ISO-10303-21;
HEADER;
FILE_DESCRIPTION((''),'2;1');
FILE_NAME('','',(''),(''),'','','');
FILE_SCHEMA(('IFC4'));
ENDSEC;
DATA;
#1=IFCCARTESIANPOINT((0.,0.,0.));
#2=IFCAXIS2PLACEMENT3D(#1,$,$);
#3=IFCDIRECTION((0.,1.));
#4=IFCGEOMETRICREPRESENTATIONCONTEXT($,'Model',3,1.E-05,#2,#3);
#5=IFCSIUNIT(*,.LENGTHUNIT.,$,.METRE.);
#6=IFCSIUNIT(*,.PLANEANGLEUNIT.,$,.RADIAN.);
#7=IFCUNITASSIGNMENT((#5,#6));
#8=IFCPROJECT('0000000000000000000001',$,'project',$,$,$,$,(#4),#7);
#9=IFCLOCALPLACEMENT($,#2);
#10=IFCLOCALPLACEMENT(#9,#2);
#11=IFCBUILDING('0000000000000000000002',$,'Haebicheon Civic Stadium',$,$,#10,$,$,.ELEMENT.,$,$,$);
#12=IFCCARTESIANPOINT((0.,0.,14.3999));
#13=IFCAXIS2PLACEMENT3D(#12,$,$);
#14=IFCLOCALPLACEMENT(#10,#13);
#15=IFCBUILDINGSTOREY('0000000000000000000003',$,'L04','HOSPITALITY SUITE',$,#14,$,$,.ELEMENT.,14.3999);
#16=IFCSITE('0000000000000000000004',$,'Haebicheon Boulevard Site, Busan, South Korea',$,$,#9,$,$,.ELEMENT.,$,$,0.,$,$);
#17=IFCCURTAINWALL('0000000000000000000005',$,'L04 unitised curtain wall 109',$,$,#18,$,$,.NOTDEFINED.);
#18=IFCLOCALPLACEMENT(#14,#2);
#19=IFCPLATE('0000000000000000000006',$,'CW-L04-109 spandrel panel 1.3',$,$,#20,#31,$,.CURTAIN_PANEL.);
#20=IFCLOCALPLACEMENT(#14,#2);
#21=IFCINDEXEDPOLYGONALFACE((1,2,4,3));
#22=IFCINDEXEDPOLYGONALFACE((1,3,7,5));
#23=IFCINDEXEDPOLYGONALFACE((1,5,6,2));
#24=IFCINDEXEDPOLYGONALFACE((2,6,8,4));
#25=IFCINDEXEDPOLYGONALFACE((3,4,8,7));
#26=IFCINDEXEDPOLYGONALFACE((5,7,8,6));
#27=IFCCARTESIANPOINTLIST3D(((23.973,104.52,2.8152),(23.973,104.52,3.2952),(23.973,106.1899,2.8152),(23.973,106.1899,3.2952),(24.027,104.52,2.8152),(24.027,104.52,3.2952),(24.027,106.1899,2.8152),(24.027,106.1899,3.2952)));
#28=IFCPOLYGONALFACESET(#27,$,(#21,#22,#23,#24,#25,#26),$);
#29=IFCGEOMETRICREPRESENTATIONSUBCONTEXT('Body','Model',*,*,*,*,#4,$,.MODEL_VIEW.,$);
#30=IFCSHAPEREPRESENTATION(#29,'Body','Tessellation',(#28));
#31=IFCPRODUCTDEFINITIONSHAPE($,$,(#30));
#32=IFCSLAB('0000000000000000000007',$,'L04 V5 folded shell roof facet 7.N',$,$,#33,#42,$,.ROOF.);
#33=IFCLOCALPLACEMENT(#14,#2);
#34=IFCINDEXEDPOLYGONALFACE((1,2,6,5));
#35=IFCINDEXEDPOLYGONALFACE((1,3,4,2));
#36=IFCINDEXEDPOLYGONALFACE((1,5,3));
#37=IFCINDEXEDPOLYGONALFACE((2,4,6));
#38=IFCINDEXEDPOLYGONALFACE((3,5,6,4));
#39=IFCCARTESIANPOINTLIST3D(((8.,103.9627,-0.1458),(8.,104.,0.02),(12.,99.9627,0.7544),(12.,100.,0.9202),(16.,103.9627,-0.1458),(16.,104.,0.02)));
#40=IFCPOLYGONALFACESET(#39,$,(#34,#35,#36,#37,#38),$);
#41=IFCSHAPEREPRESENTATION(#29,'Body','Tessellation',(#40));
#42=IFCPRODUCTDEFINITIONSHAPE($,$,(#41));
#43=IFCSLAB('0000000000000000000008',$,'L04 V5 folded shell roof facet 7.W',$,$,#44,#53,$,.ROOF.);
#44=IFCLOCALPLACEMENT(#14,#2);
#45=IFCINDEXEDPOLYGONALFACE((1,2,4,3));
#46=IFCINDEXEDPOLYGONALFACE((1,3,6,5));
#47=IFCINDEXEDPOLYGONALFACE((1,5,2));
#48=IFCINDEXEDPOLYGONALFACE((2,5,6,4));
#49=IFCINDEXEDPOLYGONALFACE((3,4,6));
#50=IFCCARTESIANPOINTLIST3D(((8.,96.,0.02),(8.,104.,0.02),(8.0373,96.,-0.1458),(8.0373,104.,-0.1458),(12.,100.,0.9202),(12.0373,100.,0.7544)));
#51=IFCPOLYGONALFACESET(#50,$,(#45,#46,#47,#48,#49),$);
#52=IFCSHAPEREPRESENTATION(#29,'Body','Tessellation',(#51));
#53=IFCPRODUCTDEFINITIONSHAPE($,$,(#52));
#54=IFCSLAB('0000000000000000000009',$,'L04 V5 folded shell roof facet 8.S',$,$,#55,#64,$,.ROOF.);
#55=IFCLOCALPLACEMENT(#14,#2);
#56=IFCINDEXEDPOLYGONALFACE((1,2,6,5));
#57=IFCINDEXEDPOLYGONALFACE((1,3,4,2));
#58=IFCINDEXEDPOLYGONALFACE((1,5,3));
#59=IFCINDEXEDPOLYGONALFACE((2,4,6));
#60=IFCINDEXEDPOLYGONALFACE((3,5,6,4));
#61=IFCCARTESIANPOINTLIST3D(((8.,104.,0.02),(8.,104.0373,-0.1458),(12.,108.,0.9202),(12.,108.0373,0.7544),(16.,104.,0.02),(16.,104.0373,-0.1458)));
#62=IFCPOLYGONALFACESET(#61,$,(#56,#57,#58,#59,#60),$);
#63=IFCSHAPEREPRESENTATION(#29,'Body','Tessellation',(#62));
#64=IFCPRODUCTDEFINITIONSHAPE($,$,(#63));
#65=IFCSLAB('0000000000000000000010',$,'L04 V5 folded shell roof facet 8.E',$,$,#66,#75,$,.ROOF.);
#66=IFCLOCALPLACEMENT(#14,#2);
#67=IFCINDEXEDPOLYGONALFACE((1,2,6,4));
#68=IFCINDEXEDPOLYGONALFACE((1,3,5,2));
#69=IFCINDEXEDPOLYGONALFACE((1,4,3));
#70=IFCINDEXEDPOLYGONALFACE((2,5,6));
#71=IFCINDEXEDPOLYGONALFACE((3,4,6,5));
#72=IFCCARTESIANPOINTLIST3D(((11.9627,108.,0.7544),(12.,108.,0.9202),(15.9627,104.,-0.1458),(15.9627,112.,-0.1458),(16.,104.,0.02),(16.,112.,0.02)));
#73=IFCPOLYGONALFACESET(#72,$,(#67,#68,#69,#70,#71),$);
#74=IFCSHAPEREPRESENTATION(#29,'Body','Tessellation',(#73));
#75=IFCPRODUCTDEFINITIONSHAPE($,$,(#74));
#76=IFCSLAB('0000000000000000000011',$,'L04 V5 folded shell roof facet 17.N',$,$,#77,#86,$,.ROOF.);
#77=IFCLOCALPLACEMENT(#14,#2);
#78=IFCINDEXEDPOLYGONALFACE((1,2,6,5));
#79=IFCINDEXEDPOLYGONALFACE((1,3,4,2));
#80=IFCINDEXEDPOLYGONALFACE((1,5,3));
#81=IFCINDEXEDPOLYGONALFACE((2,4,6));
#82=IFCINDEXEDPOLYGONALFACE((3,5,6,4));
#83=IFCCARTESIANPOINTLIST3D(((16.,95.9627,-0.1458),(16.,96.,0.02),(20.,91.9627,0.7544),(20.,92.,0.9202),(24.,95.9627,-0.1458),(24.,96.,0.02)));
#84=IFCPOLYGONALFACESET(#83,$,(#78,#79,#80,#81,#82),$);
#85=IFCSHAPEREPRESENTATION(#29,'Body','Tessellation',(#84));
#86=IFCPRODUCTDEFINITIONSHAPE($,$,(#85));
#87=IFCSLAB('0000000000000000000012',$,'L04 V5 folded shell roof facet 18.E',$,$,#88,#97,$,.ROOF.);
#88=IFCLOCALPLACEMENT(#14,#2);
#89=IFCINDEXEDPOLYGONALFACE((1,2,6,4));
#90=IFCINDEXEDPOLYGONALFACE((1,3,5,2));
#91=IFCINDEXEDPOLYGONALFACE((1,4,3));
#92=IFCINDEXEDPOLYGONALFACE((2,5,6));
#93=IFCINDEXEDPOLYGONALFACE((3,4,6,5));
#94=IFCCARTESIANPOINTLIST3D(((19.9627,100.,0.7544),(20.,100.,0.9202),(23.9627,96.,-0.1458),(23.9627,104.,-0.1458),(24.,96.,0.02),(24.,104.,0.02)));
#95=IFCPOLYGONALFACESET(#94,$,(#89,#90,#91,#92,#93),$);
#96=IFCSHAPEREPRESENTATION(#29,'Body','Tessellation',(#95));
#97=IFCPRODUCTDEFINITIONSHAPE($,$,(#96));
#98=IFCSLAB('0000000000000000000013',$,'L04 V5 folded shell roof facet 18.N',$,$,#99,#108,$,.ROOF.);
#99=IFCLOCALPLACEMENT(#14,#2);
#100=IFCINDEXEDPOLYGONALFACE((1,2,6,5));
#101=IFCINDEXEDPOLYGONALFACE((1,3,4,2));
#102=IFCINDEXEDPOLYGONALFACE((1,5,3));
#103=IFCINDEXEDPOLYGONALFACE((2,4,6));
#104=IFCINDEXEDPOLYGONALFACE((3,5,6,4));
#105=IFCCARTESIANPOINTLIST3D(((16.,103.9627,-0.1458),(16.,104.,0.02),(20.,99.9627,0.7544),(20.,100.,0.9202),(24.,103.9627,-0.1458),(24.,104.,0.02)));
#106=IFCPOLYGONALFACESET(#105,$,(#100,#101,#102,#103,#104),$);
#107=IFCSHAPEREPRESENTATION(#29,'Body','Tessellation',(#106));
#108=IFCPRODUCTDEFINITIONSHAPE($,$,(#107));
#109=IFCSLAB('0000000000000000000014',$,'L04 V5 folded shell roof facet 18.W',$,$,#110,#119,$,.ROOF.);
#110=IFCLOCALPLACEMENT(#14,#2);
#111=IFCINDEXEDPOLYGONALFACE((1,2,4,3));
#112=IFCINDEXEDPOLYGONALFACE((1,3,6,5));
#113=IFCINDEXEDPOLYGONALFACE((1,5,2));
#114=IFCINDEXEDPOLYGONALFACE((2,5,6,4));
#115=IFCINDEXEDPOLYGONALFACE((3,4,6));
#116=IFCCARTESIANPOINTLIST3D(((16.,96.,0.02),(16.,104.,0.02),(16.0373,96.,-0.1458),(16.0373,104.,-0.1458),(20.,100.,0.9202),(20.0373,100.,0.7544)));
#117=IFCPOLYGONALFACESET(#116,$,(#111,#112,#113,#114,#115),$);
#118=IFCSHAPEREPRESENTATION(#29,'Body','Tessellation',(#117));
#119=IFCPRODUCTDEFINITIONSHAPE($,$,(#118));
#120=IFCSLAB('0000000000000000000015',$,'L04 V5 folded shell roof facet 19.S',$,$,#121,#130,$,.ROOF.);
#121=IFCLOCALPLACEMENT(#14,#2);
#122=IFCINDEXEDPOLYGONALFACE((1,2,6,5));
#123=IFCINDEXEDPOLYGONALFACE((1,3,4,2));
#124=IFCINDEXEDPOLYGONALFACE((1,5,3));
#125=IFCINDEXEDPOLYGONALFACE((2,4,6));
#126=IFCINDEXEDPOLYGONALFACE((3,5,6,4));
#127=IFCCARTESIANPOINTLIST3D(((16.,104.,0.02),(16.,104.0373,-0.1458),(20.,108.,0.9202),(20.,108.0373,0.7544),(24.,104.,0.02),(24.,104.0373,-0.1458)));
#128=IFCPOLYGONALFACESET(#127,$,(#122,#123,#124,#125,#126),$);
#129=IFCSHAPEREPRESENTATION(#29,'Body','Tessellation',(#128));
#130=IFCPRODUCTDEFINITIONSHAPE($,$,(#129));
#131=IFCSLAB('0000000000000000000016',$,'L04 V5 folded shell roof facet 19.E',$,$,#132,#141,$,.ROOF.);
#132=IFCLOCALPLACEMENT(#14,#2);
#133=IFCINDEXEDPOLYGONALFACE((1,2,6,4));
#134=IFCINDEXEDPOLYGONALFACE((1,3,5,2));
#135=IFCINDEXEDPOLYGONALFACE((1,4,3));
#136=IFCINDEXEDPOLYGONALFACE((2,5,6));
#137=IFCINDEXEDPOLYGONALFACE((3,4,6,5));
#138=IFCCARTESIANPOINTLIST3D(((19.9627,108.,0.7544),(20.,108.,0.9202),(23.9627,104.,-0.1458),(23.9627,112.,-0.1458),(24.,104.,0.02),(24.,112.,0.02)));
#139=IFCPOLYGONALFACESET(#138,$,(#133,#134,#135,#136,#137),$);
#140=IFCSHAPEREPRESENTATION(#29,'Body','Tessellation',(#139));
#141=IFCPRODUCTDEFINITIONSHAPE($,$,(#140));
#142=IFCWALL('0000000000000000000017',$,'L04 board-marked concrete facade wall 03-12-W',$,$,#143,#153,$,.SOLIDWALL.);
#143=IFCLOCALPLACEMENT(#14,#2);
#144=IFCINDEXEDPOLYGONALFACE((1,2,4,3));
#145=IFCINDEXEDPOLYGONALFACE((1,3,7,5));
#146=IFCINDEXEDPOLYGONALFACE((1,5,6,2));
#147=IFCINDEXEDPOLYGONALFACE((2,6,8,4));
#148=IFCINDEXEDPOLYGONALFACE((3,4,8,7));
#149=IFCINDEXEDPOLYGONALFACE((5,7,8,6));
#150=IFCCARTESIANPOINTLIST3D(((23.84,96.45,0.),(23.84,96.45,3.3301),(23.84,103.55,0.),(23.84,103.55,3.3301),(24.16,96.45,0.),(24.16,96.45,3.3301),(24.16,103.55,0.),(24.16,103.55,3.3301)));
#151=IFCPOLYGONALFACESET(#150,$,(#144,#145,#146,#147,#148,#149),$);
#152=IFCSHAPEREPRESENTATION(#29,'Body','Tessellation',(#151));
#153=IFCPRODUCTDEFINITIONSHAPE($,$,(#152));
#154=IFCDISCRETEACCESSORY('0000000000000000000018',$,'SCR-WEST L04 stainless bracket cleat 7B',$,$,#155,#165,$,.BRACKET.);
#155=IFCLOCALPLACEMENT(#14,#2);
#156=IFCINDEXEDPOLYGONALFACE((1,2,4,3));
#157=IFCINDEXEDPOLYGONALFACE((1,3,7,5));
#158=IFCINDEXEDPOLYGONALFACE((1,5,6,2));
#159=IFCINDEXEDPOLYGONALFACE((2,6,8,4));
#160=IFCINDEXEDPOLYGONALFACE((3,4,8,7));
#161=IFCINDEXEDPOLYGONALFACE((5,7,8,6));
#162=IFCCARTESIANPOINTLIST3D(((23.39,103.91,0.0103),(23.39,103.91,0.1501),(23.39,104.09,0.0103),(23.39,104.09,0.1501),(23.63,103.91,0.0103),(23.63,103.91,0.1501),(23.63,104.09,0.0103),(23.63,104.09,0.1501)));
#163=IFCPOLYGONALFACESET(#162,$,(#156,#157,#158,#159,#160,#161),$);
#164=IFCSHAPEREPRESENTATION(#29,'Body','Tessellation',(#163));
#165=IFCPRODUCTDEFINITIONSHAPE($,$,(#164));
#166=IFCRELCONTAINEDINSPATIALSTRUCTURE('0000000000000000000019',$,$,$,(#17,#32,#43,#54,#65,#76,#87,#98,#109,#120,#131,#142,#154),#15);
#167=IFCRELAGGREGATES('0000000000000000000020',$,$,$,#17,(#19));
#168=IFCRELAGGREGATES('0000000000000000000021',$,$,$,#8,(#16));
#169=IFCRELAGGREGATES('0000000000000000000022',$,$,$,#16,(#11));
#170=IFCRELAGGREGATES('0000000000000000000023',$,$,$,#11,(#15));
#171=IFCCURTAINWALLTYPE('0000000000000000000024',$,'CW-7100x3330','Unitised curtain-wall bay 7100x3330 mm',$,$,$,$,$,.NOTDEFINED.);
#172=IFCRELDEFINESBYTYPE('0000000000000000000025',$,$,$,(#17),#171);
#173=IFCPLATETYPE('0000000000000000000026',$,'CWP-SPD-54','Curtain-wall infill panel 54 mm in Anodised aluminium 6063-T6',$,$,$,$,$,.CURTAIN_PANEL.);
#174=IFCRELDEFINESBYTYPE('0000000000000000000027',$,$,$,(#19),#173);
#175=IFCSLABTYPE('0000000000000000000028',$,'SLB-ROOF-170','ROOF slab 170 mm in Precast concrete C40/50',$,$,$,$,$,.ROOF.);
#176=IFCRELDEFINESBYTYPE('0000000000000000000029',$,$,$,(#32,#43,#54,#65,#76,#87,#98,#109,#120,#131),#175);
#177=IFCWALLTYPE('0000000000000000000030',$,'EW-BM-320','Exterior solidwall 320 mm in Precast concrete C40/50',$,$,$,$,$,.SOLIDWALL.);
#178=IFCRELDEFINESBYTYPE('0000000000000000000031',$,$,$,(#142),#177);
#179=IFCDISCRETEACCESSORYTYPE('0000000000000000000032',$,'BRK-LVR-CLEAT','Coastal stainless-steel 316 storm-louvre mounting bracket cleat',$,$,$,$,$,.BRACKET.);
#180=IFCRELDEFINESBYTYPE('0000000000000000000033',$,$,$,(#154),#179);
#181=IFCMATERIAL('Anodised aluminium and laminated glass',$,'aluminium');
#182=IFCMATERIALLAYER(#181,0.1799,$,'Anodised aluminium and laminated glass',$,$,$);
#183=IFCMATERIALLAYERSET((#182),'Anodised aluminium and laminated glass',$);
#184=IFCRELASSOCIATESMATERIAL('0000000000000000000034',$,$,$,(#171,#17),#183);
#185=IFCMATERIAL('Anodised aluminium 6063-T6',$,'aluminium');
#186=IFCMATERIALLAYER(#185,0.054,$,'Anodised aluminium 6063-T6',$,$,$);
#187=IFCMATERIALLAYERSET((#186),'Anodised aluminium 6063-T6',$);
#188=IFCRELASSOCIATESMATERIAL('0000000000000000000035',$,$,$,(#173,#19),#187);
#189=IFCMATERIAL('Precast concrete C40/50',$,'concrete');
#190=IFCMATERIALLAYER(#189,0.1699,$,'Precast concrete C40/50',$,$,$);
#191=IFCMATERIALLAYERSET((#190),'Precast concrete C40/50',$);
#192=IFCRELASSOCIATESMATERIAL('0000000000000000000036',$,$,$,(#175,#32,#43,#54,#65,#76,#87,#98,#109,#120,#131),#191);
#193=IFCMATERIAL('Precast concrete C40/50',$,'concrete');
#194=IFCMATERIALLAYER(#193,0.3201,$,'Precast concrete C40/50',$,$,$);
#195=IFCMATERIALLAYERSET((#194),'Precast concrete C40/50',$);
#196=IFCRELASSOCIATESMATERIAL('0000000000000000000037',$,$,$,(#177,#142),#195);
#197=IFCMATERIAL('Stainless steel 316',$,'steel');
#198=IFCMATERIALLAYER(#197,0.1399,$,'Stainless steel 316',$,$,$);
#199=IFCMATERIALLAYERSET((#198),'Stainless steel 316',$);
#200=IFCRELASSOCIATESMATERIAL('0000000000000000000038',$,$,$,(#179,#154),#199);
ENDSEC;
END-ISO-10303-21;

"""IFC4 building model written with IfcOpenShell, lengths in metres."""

from ifc_helpers import new_model, si_unit, direction, frame, frame_2d, origin, origin_2d, place, context, subcontext, project, spatial, polyline, rectangle, outline, extrude, material, layer, layer_set, type_object, element, aggregate, save


model = new_model("IFC4")

# Units and contexts
model_context = context("Model", 3, precision=1e-05, world=origin(), true_north=direction((0.0, 1.0)))
body_context = subcontext(model_context, "Body", "Model", "MODEL_VIEW")
ifc_project = project(units=[si_unit("LENGTHUNIT", "METRE"), si_unit("PLANEANGLEUNIT", "RADIAN")], contexts=[model_context])

# Site, building, storey
site_placement = place(None, origin())
site = spatial("IfcSite", under=ifc_project, at=site_placement, Name="Haebicheon Boulevard Site, Busan, South Korea", CompositionType="ELEMENT", RefElevation=0.0)
building_placement = place(site_placement, origin())
building = spatial("IfcBuilding", under=site, at=building_placement, Name="Haebicheon Civic Stadium", CompositionType="ELEMENT")
storey_placement = place(building_placement, frame((0.0, 0.0, 14.3999)))
storey = spatial("IfcBuildingStorey", under=building, at=storey_placement, Name="L04", Description="HOSPITALITY SUITE", CompositionType="ELEMENT", Elevation=14.3999)

# Curtain wall
ifc_material_1 = material(Name="Anodised aluminium and laminated glass", Category="aluminium")
ifc_layer_1 = layer(ifc_material_1, 0.1799, Name="Anodised aluminium and laminated glass")
ifc_layer_set_1 = layer_set([ifc_layer_1], Name="Anodised aluminium and laminated glass")
curtain_wall_type = type_object("IfcCurtainWallType", Name="CW-7100x3330", Description="Unitised curtain-wall bay 7100x3330 mm", PredefinedType="NOTDEFINED", material=ifc_layer_set_1)
curtain_wall_placement = place(storey_placement, origin())
curtain_wall = element("IfcCurtainWall", 1, at=curtain_wall_placement, inside=storey, type_object=curtain_wall_type, material=ifc_layer_set_1, Name="L04 unitised curtain wall 109", PredefinedType="NOTDEFINED")

# Plate
ifc_material_2 = material(Name="Anodised aluminium 6063-T6", Category="aluminium")
ifc_layer_2 = layer(ifc_material_2, 0.054, Name="Anodised aluminium 6063-T6")
ifc_layer_set_2 = layer_set([ifc_layer_2], Name="Anodised aluminium 6063-T6")
plate_type_1 = type_object("IfcPlateType", Name="CWP-SPD-54", Description="Curtain-wall infill panel 54 mm in Anodised aluminium 6063-T6", PredefinedType="CURTAIN_PANEL", material=ifc_layer_set_2)
plate_1_placement = place(storey_placement, frame((24.0, 105.355, 2.8152), z_axis=(0.0, 0.0, 1.0), x_axis=(0.0, 1.0, 0.0)))
plate_1 = element("IfcPlate", 2, at=plate_1_placement, type_object=plate_type_1, material=ifc_layer_set_2, Name="CW-L04-109 spandrel panel 1.3", PredefinedType="CURTAIN_PANEL", context=body_context, shape_type="SweptSolid", body=[
    extrude(rectangle(XDim=1.6699, YDim=0.054, at=origin_2d()), origin(), (0.0, 0.0, 1.0), 0.48),
])
aggregate(curtain_wall, [plate_1])

# Slabs
ifc_material_3 = material(Name="Precast concrete C40/50", Category="concrete")
ifc_layer_3 = layer(ifc_material_3, 0.1699, Name="Precast concrete C40/50")
ifc_layer_set_3 = layer_set([ifc_layer_3], Name="Precast concrete C40/50")
slab_type = type_object("IfcSlabType", Name="SLB-ROOF-170", Description="ROOF slab 170 mm in Precast concrete C40/50", PredefinedType="ROOF", material=ifc_layer_set_3)
for number, where, z_axis, x_axis, name in (
    (3, (16.0, 104.0, 0.02), (0.0, 0.219546, 0.975602), (-1.0, 0.0, 0.0), "L04 V5 folded shell roof facet 7.N"),
    (4, (8.0, 104.0, 0.02), (-0.219546, 0.0, 0.975602), (0.0, -1.0, 0.0), "L04 V5 folded shell roof facet 7.W"),
    (5, (8.0, 104.0, 0.02), (0.0, -0.219546, 0.975602), (1.0, 0.0, 0.0), "L04 V5 folded shell roof facet 8.S"),
    (6, (16.0, 104.0, 0.02), (0.219546, 0.0, 0.975602), (0.0, 1.0, 0.0), "L04 V5 folded shell roof facet 8.E"),
    (7, (24.0, 96.0, 0.02), (0.0, 0.219546, 0.975602), (-1.0, 0.0, 0.0), "L04 V5 folded shell roof facet 17.N"),
    (8, (24.0, 96.0, 0.02), (0.219546, 0.0, 0.975602), (0.0, 1.0, 0.0), "L04 V5 folded shell roof facet 18.E"),
    (9, (24.0, 104.0, 0.02), (0.0, 0.219546, 0.975602), (-1.0, 0.0, 0.0), "L04 V5 folded shell roof facet 18.N"),
    (10, (16.0, 104.0, 0.02), (-0.219546, 0.0, 0.975602), (0.0, -1.0, 0.0), "L04 V5 folded shell roof facet 18.W"),
    (11, (16.0, 104.0, 0.02), (0.0, -0.219546, 0.975602), (1.0, 0.0, 0.0), "L04 V5 folded shell roof facet 19.S"),
    (12, (24.0, 104.0, 0.02), (0.219546, 0.0, 0.975602), (0.0, 1.0, 0.0), "L04 V5 folded shell roof facet 19.E"),
):
    element("IfcSlab", number, at=place(storey_placement, frame(where, z_axis=z_axis, x_axis=x_axis)), inside=storey, type_object=slab_type, material=ifc_layer_set_3, Name=name, PredefinedType="ROOF", context=body_context, shape_type="SweptSolid", body=[
        extrude(outline(polyline([(0.0, 0.0), (8.0, 0.0), (4.0, 4.1), (0.0, 0.0)])), origin(), (0.0, 0.0, -1.0), 0.1699),
    ])

# Wall
ifc_material_4 = material(Name="Precast concrete C40/50", Category="concrete")
ifc_layer_4 = layer(ifc_material_4, 0.3201, Name="Precast concrete C40/50")
ifc_layer_set_4 = layer_set([ifc_layer_4], Name="Precast concrete C40/50")
wall_type = type_object("IfcWallType", Name="EW-BM-320", Description="Exterior solidwall 320 mm in Precast concrete C40/50", PredefinedType="SOLIDWALL", material=ifc_layer_set_4)
wall_placement = place(storey_placement, frame((24.0, 96.45, 0.0), z_axis=(0.0, 0.0, 1.0), x_axis=(0.0, 1.0, 0.0)))
element("IfcWall", 13, at=wall_placement, inside=storey, type_object=wall_type, material=ifc_layer_set_4, Name="L04 board-marked concrete facade wall 03-12-W", PredefinedType="SOLIDWALL", context=body_context, shape_type="SweptSolid", body=[
    extrude(rectangle(XDim=7.1001, YDim=0.3201, at=frame_2d((3.55, 0.0))), origin(), (0.0, 0.0, 1.0), 3.3301),
])

# Discrete accessory
ifc_material_5 = material(Name="Stainless steel 316", Category="steel")
ifc_layer_5 = layer(ifc_material_5, 0.1399, Name="Stainless steel 316")
ifc_layer_set_5 = layer_set([ifc_layer_5], Name="Stainless steel 316")
discrete_accessory_type = type_object("IfcDiscreteAccessoryType", Name="BRK-LVR-CLEAT", Description="Coastal stainless-steel 316 storm-louvre mounting bracket cleat", PredefinedType="BRACKET", material=ifc_layer_set_5)
discrete_accessory_placement = place(storey_placement, frame((23.51, 104.0, 0.0103), z_axis=(0.0, 0.0, 1.0), x_axis=(1.0, 0.0, 0.0)))
element("IfcDiscreteAccessory", 14, at=discrete_accessory_placement, inside=storey, type_object=discrete_accessory_type, material=ifc_layer_set_5, Name="SCR-WEST L04 stainless bracket cleat 7B", PredefinedType="BRACKET", context=body_context, shape_type="SweptSolid", body=[
    extrude(rectangle(XDim=0.24, YDim=0.1799, at=origin_2d()), origin(), (0.0, 0.0, 1.0), 0.1399),
])

save(model, "model.ifc")
